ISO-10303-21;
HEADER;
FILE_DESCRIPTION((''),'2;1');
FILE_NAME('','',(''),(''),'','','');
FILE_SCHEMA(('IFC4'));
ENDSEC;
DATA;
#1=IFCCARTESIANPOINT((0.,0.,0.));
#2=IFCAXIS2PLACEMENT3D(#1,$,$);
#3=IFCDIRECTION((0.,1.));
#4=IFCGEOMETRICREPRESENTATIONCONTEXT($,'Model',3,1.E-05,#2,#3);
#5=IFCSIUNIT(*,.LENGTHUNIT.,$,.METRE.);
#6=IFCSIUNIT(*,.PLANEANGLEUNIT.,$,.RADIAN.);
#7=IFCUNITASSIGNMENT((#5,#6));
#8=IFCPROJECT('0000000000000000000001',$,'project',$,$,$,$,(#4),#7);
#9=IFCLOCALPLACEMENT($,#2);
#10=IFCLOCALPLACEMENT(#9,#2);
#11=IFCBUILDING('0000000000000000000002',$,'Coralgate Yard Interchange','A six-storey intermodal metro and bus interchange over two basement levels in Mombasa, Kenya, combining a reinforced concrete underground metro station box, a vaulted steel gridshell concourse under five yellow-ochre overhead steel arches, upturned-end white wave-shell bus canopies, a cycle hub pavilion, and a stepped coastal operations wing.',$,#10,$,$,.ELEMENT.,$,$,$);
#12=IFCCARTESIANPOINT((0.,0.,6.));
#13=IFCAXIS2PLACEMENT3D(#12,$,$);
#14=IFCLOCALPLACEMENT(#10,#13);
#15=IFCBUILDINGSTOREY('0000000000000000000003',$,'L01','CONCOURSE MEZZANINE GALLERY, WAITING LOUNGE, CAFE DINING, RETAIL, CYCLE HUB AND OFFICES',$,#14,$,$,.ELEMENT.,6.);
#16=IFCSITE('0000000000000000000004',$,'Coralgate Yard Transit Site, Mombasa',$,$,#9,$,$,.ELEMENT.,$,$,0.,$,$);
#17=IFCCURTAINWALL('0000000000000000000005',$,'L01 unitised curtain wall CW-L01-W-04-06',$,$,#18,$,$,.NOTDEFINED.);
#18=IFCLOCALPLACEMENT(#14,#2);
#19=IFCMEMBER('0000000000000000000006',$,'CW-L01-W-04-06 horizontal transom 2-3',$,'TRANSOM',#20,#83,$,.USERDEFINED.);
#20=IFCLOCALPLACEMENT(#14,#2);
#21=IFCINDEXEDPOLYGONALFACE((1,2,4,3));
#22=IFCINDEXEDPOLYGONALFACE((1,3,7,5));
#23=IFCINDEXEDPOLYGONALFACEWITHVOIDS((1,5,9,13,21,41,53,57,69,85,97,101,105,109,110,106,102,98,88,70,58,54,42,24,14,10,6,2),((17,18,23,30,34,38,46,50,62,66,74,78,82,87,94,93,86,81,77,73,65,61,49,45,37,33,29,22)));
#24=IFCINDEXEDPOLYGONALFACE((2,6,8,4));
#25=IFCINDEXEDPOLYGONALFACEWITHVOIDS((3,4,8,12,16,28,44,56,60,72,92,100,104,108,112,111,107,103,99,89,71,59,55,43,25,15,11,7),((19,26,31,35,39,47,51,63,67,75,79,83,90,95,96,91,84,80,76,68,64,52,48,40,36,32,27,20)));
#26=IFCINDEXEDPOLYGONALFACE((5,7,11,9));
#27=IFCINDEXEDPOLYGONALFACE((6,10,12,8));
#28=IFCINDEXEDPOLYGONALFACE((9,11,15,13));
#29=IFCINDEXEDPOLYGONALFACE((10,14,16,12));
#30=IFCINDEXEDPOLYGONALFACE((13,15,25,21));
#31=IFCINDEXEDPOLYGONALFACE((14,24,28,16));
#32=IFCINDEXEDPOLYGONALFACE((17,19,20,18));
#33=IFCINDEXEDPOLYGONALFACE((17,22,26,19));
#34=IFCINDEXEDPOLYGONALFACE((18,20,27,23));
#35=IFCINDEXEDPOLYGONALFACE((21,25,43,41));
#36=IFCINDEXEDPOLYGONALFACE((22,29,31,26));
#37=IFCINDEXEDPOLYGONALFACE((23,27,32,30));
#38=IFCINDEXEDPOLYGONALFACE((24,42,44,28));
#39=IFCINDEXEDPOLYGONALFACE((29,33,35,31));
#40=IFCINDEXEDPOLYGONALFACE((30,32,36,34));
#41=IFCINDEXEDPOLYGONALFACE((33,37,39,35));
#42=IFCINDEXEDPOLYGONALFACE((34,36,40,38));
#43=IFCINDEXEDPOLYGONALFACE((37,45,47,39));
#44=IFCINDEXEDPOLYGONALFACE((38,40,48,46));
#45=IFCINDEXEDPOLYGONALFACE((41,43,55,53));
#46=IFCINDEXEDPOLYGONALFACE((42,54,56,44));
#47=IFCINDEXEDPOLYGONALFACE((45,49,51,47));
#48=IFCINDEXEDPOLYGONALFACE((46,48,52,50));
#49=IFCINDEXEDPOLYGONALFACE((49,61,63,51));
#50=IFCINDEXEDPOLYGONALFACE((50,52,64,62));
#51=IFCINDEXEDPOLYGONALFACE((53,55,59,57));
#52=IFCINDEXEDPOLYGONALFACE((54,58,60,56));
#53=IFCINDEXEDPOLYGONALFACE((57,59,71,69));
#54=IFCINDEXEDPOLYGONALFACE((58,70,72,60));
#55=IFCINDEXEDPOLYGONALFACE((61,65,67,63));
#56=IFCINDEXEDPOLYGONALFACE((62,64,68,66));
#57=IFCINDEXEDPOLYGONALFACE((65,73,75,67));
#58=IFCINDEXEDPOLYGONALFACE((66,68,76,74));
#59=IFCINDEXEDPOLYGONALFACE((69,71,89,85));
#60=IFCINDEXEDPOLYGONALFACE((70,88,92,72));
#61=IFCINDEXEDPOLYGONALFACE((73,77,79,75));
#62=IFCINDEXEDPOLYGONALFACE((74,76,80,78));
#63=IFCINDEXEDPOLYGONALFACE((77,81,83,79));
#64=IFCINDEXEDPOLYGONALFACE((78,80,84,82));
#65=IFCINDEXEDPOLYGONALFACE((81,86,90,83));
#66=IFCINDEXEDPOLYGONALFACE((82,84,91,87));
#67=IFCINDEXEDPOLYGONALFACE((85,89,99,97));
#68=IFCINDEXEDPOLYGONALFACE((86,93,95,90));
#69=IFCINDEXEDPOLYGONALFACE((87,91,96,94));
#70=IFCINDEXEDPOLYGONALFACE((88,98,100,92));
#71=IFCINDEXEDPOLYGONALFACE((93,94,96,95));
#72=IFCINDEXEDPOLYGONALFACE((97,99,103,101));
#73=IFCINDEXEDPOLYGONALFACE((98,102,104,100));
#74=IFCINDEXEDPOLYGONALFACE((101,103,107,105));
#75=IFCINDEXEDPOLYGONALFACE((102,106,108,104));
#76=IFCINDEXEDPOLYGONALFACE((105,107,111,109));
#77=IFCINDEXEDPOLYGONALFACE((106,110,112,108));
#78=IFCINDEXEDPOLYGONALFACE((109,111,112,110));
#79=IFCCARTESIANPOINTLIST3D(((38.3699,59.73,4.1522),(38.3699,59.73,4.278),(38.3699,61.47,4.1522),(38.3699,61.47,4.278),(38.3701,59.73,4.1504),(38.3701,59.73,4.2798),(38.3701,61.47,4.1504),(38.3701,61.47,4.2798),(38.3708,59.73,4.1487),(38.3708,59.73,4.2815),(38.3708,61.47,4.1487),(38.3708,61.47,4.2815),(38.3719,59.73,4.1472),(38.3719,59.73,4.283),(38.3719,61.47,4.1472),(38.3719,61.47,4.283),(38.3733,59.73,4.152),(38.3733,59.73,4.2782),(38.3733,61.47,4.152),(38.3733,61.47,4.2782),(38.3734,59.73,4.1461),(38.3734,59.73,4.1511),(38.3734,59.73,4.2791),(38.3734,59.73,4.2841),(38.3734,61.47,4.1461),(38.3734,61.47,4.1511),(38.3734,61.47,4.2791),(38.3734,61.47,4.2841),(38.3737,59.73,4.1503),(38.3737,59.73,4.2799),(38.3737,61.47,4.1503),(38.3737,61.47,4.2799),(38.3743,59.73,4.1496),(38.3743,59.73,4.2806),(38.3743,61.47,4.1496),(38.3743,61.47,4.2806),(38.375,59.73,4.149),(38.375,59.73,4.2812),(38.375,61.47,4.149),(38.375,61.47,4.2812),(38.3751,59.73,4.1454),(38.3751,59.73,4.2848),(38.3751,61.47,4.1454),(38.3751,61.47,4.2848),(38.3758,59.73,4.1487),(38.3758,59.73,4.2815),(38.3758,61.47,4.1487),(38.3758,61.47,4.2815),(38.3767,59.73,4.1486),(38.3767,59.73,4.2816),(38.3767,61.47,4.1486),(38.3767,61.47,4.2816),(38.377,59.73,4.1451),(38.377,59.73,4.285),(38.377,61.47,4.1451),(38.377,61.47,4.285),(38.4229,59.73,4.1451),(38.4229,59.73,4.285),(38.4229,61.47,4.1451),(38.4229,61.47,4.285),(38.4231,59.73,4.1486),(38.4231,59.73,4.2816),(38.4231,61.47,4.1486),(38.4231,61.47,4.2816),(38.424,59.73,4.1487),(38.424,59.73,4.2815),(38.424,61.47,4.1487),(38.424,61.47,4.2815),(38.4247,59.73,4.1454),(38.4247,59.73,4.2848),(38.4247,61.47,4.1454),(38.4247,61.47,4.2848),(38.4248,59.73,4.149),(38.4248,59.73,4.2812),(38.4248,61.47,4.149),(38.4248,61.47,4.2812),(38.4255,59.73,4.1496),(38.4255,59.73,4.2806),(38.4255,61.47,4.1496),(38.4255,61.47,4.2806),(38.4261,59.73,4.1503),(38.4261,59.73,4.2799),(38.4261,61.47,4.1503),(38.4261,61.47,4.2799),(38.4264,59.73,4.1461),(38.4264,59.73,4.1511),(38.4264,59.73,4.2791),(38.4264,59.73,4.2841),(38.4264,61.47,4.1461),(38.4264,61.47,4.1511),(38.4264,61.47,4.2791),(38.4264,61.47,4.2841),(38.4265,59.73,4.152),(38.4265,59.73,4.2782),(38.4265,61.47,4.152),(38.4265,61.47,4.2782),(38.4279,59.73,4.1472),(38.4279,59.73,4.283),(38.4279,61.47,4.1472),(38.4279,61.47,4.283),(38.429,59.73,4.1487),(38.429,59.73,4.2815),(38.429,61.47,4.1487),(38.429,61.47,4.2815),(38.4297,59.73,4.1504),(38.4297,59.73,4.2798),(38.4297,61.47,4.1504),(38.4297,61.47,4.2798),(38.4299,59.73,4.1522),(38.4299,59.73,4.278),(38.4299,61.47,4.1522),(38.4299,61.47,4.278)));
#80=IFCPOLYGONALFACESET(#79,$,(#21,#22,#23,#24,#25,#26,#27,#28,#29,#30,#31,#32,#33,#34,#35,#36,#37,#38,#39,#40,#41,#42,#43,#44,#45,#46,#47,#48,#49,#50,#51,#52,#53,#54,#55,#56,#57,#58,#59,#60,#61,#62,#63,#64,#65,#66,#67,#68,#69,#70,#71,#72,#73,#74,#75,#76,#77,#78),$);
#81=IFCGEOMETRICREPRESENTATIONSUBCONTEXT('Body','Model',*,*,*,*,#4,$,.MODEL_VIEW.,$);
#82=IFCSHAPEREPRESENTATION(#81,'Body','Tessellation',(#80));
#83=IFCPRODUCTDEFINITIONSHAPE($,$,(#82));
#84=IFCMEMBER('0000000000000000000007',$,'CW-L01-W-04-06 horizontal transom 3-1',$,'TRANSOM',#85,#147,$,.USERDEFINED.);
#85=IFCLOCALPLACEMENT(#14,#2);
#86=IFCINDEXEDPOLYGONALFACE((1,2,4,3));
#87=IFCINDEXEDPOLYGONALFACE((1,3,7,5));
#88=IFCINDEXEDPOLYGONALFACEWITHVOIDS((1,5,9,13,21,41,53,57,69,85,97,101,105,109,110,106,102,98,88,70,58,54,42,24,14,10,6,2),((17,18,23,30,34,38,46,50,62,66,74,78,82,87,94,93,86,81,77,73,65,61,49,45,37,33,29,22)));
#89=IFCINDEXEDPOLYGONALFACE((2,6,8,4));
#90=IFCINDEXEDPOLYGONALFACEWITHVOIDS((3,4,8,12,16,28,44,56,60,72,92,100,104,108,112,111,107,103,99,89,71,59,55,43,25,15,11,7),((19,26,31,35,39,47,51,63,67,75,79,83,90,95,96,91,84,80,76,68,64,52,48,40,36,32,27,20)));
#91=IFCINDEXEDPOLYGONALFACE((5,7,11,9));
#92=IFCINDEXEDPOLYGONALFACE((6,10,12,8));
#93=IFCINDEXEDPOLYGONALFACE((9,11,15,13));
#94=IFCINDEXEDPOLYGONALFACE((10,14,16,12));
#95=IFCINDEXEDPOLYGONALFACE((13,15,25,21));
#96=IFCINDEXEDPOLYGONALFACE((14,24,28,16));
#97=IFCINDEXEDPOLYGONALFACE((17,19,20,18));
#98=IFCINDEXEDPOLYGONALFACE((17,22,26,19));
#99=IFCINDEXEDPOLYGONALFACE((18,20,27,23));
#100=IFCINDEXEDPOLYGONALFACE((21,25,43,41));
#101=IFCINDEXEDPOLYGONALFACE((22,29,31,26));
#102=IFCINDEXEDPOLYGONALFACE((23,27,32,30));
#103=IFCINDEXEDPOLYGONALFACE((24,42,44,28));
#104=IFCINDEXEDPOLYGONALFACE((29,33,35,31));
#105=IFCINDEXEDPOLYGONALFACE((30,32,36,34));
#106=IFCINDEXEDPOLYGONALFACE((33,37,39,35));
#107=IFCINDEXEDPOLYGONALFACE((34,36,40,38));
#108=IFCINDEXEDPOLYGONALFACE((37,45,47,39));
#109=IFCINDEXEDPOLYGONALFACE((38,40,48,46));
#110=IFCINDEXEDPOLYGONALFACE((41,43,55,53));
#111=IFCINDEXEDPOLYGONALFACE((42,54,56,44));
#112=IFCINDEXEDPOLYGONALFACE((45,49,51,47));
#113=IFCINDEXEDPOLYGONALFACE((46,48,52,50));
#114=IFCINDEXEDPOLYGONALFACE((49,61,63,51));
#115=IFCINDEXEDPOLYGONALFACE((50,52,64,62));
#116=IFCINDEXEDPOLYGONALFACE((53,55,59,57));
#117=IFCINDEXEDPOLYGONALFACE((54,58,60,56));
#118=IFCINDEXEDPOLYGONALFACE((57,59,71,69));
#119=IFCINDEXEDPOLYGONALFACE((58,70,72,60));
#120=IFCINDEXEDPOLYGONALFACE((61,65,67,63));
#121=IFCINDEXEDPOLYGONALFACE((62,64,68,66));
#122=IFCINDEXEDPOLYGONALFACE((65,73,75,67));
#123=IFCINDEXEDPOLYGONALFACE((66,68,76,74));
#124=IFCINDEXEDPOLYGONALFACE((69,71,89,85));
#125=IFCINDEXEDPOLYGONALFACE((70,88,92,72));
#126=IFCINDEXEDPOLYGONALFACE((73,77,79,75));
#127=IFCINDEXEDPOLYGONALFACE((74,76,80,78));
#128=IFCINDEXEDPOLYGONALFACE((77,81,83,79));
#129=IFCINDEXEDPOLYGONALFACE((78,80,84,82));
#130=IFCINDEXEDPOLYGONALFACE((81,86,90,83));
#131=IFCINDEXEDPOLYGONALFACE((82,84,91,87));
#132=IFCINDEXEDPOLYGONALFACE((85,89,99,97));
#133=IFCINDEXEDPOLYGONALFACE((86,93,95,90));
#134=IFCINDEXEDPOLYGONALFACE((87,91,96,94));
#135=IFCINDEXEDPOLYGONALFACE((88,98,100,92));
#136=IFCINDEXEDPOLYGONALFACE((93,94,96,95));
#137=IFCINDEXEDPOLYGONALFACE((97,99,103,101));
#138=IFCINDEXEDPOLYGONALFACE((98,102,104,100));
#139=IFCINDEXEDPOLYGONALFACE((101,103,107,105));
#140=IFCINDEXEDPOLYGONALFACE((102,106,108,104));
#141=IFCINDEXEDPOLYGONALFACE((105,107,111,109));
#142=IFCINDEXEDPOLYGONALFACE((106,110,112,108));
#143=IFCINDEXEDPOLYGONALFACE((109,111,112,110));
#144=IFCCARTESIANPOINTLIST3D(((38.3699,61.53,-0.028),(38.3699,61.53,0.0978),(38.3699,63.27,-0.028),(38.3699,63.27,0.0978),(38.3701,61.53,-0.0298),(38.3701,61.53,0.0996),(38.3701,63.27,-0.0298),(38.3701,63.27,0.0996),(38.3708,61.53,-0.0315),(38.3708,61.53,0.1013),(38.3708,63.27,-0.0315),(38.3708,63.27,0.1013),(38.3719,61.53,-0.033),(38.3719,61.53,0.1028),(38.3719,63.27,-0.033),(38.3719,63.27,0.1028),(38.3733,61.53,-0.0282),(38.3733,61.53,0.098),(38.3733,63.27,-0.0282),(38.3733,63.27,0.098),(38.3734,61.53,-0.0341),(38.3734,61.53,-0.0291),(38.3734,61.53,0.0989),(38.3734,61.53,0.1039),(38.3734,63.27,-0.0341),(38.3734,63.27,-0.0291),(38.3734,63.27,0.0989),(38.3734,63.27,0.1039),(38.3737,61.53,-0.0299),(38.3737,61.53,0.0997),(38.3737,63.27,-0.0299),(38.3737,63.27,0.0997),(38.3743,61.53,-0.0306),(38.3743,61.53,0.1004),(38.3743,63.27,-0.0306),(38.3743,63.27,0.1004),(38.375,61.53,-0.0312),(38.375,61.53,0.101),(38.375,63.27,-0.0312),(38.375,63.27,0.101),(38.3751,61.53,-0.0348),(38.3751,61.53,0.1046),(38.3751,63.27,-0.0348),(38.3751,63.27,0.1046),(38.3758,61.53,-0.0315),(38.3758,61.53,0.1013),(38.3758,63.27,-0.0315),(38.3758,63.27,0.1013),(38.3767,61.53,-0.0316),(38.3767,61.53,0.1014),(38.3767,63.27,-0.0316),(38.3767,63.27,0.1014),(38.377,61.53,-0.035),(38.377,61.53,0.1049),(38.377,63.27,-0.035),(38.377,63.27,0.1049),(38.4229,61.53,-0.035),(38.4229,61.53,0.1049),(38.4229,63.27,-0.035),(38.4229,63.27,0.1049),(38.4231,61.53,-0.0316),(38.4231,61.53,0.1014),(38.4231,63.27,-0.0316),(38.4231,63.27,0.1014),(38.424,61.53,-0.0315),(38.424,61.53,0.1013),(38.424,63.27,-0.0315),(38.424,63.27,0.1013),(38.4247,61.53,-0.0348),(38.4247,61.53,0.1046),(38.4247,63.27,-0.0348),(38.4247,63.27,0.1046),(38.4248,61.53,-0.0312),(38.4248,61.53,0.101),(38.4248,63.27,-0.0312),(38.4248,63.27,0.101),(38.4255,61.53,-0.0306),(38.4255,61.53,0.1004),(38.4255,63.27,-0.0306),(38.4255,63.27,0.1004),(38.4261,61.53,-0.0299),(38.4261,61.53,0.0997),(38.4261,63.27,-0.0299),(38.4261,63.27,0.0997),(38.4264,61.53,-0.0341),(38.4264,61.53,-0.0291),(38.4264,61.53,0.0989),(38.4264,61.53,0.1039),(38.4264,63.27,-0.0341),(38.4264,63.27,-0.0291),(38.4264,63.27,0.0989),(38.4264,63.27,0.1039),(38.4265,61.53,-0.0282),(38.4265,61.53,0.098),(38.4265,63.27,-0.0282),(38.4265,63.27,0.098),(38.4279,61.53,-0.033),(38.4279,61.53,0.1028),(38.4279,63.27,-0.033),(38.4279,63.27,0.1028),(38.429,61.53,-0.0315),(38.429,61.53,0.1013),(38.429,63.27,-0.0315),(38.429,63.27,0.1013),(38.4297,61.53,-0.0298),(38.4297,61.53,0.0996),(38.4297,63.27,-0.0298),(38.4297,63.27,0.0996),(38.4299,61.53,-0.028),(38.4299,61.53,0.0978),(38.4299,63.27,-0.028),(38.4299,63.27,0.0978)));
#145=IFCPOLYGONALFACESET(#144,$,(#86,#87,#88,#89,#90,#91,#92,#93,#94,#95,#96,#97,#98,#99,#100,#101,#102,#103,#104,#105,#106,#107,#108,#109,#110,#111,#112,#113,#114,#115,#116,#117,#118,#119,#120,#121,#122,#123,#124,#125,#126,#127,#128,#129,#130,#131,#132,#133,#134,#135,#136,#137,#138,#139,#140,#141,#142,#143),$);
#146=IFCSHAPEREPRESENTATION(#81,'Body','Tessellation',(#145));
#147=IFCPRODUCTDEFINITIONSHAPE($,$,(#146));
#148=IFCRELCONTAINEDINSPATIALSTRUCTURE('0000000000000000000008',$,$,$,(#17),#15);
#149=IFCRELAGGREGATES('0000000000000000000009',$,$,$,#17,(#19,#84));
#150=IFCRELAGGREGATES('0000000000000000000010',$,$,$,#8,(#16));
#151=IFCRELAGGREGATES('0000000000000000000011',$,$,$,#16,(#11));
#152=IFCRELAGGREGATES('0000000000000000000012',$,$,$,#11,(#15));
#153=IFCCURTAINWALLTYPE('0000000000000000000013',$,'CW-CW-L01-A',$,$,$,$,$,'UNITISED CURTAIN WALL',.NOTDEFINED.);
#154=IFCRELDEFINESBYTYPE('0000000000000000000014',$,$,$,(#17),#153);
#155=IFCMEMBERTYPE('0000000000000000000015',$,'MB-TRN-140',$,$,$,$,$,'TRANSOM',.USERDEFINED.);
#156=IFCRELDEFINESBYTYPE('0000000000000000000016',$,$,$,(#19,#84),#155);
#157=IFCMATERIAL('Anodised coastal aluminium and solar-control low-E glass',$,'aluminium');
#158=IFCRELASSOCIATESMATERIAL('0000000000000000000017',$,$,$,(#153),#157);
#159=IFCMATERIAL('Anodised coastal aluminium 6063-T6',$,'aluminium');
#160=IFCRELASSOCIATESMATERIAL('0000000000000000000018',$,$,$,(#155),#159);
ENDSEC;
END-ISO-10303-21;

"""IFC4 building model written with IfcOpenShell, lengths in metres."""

from ifc_helpers import new_model, si_unit, direction, frame, origin, origin_2d, place, context, subcontext, project, spatial, hollow_rectangle, extrude, material, material_profile, profile_set, type_object, element, aggregate, save


model = new_model("IFC4")

# Units and contexts
model_context = context("Model", 3, precision=1e-05, world=origin(), true_north=direction((0.0, 1.0)))
body_context = subcontext(model_context, "Body", "Model", "MODEL_VIEW")
ifc_project = project(units=[si_unit("LENGTHUNIT", "METRE"), si_unit("PLANEANGLEUNIT", "RADIAN")], contexts=[model_context])

# Site, building, storey
site_placement = place(None, origin())
site = spatial("IfcSite", under=ifc_project, at=site_placement, Name="Coralgate Yard Transit Site, Mombasa", CompositionType="ELEMENT", RefElevation=0.0)
building_placement = place(site_placement, origin())
building = spatial("IfcBuilding", under=site, at=building_placement, Name="Coralgate Yard Interchange", Description="A six-storey intermodal metro and bus interchange over two basement levels in Mombasa, Kenya, combining a reinforced concrete underground metro station box, a vaulted steel gridshell concourse under five yellow-ochre overhead steel arches, upturned-end white wave-shell bus canopies, a cycle hub pavilion, and a stepped coastal operations wing.", CompositionType="ELEMENT")
storey_placement = place(building_placement, frame((0.0, 0.0, 6.0)))
storey = spatial("IfcBuildingStorey", under=building, at=storey_placement, Name="L01", Description="CONCOURSE MEZZANINE GALLERY, WAITING LOUNGE, CAFE DINING, RETAIL, CYCLE HUB AND OFFICES", CompositionType="ELEMENT", Elevation=6.0)

# Curtain wall, members
ifc_material_1 = material(Name="Anodised coastal aluminium and solar-control low-E glass", Category="aluminium")
curtain_wall_type = type_object("IfcCurtainWallType", Name="CW-CW-L01-A", ElementType="UNITISED CURTAIN WALL", PredefinedType="NOTDEFINED", material=ifc_material_1)
curtain_wall_placement = place(storey_placement, origin())
curtain_wall = element("IfcCurtainWall", 1, at=curtain_wall_placement, inside=storey, type_object=curtain_wall_type, Name="L01 unitised curtain wall CW-L01-W-04-06", PredefinedType="NOTDEFINED")
ifc_material_2 = material(Name="Anodised coastal aluminium 6063-T6", Category="aluminium")
ifc_material_profile_1 = material_profile(ifc_material_2, hollow_rectangle(XDim=0.0601, YDim=0.1399, WallThickness=0.0034, InnerFilletRadius=0.0034, OuterFilletRadius=0.0071, at=origin_2d()), Name="ALU 60x140x3.5")
ifc_profile_set_1 = profile_set([ifc_material_profile_1], Name="Anodised coastal aluminium 6063-T6")
member_type_1 = type_object("IfcMemberType", Name="MB-TRN-140", ElementType="TRANSOM", PredefinedType="USERDEFINED", material=ifc_profile_set_1)
member_1_placement = place(storey_placement, frame((38.3999, 59.73, 4.2151), z_axis=(0.0, 1.0, 0.0), x_axis=(-1.0, 0.0, 0.0)))
member_1 = element("IfcMember", 2, at=member_1_placement, type_object=member_type_1, Name="CW-L01-W-04-06 horizontal transom 2-3", ObjectType="TRANSOM", PredefinedType="USERDEFINED", context=body_context, shape_type="SweptSolid", body=[
    extrude(hollow_rectangle(XDim=0.0601, YDim=0.1399, WallThickness=0.0034, InnerFilletRadius=0.0034, OuterFilletRadius=0.0071, at=origin_2d()), origin(), (0.0, 0.0, 1.0), 1.74),
])
member_2_placement = place(storey_placement, frame((38.3999, 61.53, 0.0349), z_axis=(0.0, 1.0, 0.0), x_axis=(-1.0, 0.0, 0.0)))
member_2 = element("IfcMember", 3, at=member_2_placement, type_object=member_type_1, Name="CW-L01-W-04-06 horizontal transom 3-1", ObjectType="TRANSOM", PredefinedType="USERDEFINED", context=body_context, shape_type="SweptSolid", body=[
    extrude(hollow_rectangle(XDim=0.0601, YDim=0.1399, WallThickness=0.0034, InnerFilletRadius=0.0034, OuterFilletRadius=0.0071, at=origin_2d()), origin(), (0.0, 0.0, 1.0), 1.74),
])
aggregate(curtain_wall, [member_1, member_2])

save(model, "model.ifc")
